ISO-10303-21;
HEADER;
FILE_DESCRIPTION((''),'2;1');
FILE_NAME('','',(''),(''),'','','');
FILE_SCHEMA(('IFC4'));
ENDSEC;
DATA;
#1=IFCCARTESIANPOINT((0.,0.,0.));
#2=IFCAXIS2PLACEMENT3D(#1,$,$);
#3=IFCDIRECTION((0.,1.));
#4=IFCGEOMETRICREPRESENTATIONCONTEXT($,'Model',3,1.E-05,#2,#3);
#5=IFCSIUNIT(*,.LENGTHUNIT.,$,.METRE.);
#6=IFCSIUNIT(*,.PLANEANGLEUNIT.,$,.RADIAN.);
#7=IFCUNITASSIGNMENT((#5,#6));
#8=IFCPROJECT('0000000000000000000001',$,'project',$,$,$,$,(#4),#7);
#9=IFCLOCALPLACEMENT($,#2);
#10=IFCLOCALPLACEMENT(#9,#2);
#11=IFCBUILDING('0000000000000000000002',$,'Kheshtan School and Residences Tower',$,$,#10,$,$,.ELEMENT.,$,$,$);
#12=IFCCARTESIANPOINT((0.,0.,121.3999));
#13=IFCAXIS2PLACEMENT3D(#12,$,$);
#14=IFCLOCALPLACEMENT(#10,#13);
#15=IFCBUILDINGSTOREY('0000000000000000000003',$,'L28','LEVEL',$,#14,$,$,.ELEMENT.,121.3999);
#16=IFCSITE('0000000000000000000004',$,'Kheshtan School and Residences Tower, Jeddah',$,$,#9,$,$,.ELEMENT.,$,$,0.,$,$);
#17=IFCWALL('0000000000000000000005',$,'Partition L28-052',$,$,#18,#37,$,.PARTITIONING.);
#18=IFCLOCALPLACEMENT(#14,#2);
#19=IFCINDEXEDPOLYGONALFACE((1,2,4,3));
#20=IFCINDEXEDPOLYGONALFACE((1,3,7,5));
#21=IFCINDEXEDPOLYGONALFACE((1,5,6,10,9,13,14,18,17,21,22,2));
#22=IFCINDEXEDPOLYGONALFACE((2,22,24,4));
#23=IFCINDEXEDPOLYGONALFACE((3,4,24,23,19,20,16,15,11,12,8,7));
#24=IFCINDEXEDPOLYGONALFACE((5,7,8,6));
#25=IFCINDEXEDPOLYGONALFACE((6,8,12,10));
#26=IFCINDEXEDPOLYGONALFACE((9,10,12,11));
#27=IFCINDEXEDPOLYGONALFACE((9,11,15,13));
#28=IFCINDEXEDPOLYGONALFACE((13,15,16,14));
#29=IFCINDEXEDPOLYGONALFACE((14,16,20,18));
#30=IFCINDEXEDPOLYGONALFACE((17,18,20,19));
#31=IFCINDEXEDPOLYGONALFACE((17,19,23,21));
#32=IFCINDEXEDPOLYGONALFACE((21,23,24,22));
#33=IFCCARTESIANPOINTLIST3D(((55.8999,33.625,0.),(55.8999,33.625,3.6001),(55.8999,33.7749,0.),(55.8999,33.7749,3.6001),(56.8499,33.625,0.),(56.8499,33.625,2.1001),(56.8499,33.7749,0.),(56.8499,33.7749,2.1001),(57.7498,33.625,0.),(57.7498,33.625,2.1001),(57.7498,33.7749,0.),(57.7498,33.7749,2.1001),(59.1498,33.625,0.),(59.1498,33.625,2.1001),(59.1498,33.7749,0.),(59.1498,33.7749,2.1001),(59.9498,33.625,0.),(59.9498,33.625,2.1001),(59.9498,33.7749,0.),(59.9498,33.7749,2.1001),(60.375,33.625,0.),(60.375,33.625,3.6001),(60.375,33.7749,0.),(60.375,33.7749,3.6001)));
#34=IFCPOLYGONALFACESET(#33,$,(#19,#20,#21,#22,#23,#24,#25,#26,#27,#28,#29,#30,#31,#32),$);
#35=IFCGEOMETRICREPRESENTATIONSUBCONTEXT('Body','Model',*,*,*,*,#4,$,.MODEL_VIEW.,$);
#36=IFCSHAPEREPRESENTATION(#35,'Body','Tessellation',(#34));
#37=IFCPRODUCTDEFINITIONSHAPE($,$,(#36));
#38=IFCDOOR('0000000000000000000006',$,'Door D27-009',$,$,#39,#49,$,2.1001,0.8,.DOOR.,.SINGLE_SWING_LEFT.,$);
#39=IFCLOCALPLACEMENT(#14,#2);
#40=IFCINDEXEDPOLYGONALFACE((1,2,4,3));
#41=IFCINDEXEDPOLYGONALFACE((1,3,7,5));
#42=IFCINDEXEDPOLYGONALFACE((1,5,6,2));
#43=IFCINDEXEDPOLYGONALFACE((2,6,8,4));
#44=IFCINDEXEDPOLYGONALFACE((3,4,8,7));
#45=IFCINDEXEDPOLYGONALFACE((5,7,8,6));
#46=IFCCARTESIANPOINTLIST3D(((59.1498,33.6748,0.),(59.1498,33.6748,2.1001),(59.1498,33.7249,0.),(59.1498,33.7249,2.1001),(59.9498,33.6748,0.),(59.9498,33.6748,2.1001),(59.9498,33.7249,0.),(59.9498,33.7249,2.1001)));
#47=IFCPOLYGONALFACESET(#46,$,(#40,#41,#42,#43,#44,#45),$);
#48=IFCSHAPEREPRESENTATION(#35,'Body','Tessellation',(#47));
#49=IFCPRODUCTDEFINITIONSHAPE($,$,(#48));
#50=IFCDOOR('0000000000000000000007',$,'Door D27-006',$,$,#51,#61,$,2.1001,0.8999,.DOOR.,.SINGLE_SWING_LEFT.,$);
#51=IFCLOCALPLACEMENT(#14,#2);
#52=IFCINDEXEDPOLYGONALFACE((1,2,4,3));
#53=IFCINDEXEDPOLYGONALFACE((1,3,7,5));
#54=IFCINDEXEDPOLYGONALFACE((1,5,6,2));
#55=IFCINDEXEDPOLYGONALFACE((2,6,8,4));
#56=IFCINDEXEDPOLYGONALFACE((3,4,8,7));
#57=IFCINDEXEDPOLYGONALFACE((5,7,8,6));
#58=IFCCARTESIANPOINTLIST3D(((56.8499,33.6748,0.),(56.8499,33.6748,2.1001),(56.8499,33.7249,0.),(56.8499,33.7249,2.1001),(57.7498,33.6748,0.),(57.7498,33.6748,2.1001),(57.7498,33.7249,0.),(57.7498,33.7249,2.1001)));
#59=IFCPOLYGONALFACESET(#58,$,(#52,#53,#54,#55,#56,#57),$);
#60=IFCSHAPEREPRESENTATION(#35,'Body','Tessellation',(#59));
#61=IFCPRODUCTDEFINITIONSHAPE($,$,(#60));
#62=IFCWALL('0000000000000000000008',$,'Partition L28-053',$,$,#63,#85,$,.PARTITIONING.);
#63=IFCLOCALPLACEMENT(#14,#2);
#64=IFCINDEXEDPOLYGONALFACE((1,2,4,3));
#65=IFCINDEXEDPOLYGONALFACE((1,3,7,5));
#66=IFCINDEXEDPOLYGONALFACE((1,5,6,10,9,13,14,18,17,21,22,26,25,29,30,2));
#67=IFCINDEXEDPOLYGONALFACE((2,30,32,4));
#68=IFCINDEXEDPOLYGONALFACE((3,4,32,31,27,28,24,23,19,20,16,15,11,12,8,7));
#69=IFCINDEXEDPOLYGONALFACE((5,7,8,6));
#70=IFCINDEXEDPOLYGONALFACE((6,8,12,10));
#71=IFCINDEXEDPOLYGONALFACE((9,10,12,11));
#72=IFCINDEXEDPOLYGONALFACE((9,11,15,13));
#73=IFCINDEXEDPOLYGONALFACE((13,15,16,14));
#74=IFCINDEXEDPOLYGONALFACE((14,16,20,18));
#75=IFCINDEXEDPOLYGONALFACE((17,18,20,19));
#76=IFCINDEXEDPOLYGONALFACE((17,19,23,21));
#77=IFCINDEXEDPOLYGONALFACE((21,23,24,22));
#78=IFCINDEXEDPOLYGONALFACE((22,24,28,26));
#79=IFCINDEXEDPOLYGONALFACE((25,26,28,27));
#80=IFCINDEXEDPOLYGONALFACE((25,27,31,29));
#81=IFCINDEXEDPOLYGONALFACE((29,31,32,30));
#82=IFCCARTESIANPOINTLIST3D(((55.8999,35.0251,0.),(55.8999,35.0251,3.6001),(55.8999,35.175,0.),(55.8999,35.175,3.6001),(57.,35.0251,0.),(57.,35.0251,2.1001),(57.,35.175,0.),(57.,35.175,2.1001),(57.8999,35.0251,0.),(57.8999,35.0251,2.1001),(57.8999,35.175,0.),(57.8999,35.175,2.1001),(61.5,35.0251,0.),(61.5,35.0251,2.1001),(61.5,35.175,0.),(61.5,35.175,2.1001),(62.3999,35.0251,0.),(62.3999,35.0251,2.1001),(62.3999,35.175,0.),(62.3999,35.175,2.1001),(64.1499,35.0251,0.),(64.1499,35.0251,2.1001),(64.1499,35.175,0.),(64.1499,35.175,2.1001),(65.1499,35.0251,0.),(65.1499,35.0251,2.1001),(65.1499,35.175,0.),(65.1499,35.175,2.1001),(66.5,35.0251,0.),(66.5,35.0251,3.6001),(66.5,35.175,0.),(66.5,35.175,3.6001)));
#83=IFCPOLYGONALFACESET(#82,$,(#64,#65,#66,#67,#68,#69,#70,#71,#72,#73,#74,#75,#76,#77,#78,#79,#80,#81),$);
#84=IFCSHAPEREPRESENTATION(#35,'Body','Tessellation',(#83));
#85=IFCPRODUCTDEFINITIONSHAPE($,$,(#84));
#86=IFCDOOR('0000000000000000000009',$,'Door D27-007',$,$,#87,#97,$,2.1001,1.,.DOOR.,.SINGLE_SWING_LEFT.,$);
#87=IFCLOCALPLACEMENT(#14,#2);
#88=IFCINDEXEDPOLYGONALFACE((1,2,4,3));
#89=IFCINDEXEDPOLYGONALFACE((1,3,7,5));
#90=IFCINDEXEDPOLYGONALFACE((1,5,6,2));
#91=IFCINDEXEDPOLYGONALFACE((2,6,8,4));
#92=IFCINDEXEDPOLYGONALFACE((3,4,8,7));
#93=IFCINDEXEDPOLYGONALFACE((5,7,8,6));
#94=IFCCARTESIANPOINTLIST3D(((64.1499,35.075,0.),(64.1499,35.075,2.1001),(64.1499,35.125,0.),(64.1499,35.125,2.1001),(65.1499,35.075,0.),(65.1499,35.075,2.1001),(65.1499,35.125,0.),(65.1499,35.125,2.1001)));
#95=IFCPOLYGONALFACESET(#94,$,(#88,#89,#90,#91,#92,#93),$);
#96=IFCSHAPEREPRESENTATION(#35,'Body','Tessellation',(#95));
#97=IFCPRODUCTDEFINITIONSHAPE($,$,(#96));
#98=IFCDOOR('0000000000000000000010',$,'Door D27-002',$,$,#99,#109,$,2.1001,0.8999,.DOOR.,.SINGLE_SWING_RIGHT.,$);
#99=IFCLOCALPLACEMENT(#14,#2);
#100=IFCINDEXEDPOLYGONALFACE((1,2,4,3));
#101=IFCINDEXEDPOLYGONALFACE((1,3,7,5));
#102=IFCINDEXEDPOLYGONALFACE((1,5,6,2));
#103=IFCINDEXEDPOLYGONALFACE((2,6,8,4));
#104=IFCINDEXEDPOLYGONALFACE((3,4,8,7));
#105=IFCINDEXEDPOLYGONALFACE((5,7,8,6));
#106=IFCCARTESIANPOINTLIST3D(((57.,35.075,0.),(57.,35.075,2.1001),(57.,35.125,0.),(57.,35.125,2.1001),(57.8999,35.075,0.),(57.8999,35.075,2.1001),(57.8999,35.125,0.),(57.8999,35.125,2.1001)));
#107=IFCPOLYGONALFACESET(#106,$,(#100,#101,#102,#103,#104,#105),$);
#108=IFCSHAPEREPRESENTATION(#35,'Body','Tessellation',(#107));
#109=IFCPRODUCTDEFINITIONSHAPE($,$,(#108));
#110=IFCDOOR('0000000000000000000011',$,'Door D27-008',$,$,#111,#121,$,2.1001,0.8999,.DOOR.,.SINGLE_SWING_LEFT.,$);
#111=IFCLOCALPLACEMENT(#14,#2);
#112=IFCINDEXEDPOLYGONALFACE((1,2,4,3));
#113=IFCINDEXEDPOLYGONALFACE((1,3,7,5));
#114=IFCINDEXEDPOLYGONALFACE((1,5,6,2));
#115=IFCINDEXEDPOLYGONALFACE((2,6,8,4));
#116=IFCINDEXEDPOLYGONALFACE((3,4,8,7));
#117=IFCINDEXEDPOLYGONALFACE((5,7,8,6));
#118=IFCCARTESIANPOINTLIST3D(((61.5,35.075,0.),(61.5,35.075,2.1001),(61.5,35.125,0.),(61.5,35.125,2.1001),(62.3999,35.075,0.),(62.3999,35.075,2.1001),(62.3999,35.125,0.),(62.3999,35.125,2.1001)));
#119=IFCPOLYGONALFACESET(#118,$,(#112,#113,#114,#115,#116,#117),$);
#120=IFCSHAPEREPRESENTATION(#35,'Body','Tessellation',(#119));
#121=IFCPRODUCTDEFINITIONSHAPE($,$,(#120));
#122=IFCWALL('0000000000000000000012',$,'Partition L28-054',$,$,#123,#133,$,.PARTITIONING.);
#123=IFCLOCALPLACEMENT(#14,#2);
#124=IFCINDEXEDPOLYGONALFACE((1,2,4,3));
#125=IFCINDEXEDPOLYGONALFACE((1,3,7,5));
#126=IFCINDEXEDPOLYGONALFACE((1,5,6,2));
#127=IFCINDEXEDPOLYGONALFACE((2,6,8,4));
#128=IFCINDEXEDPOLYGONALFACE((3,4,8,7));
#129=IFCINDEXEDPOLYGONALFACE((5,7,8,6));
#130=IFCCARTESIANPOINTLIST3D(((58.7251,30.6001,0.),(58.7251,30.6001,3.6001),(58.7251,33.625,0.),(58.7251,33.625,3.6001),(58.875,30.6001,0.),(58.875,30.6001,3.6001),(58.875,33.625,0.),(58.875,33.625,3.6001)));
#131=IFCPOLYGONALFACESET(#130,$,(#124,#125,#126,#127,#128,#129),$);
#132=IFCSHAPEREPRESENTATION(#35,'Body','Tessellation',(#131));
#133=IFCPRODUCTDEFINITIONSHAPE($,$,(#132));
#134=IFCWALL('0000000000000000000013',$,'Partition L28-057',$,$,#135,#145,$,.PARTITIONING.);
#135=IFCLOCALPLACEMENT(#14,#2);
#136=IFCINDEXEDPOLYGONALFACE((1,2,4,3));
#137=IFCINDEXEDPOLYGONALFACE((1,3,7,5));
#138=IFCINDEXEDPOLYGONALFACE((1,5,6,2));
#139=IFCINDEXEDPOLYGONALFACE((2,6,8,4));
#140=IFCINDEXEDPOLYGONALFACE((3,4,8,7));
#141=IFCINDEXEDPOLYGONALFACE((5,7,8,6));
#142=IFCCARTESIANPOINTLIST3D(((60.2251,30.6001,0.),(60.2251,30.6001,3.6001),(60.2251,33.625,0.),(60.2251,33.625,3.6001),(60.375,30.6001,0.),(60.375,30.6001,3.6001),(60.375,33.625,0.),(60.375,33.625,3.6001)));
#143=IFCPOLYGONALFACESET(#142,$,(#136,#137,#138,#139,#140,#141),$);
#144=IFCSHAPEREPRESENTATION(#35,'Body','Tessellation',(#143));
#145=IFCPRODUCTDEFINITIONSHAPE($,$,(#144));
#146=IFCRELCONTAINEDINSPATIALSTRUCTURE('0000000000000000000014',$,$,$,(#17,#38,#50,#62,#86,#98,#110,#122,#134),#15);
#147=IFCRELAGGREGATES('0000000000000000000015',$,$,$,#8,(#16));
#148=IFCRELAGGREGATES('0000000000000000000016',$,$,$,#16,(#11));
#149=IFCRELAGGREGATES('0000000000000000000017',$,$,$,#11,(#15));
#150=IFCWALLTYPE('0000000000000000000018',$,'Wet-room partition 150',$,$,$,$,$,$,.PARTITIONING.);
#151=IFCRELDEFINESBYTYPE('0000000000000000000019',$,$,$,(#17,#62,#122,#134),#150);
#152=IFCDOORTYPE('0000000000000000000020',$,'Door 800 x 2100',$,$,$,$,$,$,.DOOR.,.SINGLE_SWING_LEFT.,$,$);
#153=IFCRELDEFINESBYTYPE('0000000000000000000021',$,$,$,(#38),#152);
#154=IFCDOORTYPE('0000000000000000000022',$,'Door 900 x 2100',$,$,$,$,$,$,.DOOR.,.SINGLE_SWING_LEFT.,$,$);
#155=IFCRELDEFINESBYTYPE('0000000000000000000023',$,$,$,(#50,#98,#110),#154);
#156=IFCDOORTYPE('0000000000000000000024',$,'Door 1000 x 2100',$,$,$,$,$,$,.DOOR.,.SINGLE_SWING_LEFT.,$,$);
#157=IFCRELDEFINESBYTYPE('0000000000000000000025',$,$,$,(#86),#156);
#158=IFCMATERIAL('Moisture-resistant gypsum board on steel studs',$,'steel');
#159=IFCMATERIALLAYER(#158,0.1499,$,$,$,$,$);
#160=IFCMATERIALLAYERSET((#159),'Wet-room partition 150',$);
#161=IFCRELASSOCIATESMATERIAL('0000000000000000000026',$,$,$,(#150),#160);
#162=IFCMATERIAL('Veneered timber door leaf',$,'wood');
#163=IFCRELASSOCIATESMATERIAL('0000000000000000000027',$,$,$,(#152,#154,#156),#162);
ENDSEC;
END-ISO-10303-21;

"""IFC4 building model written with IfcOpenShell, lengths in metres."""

from ifc_helpers import new_model, si_unit, direction, frame, frame_2d, origin, place, context, subcontext, project, spatial, rectangle, extrude, source, transform, mapped, material, layer, layer_set, type_object, element, fill, save


model = new_model("IFC4")

# Units and contexts
model_context = context("Model", 3, precision=1e-05, world=origin(), true_north=direction((0.0, 1.0)))
body_context = subcontext(model_context, "Body", "Model", "MODEL_VIEW")
ifc_project = project(units=[si_unit("LENGTHUNIT", "METRE"), si_unit("PLANEANGLEUNIT", "RADIAN")], contexts=[model_context])

# Site, building, storey
site_placement = place(None, origin())
site = spatial("IfcSite", under=ifc_project, at=site_placement, Name="Kheshtan School and Residences Tower, Jeddah", CompositionType="ELEMENT", RefElevation=0.0)
building_placement = place(site_placement, origin())
building = spatial("IfcBuilding", under=site, at=building_placement, Name="Kheshtan School and Residences Tower", CompositionType="ELEMENT")
storey_placement = place(building_placement, frame((0.0, 0.0, 121.3999)))
storey = spatial("IfcBuildingStorey", under=building, at=storey_placement, Name="L28", Description="LEVEL", CompositionType="ELEMENT", Elevation=121.3999)

# Walls, openings, doors
ifc_material_1 = material(Name="Moisture-resistant gypsum board on steel studs", Category="steel")
ifc_layer_1 = layer(ifc_material_1, 0.1499)
ifc_layer_set_1 = layer_set([ifc_layer_1], Name="Wet-room partition 150")
wall_type_1 = type_object("IfcWallType", Name="Wet-room partition 150", PredefinedType="PARTITIONING", material=ifc_layer_set_1)
wall_1_placement = place(storey_placement, frame((55.8999, 33.7, 0.0), z_axis=(0.0, 0.0, 1.0), x_axis=(1.0, 0.0, 0.0)))
wall_1 = element("IfcWall", 1, at=wall_1_placement, inside=storey, type_object=wall_type_1, Name="Partition L28-052", PredefinedType="PARTITIONING", context=body_context, shape_type="SweptSolid", body=[
    extrude(rectangle(XDim=4.4751, YDim=0.1499, at=frame_2d((2.2375, 0.0))), origin(), (0.0, 0.0, 1.0), 3.6001),
])
opening_1_placement = place(wall_1_placement, frame((0.95, 0.0, 0.0)))
opening_1 = element("IfcOpeningElement", 2, at=opening_1_placement, cuts=wall_1, PredefinedType="OPENING", context=body_context, shape_type="SweptSolid", body=[
    extrude(rectangle(XDim=0.8999, YDim=2.1001, at=frame_2d((0.45, 1.05))), frame((0.0, 0.085, 0.0), z_axis=(0.0, -1.0, 0.0), x_axis=(1.0, 0.0, 0.0)), (0.0, 0.0, 1.0), 0.1699),
])
opening_2_placement = place(wall_1_placement, frame((3.25, 0.0, 0.0)))
opening_2 = element("IfcOpeningElement", 3, at=opening_2_placement, cuts=wall_1, PredefinedType="OPENING", context=body_context, shape_type="SweptSolid", body=[
    extrude(rectangle(XDim=0.8, YDim=2.1001, at=frame_2d((0.3999, 1.05))), frame((0.0, 0.085, 0.0), z_axis=(0.0, -1.0, 0.0), x_axis=(1.0, 0.0, 0.0)), (0.0, 0.0, 1.0), 0.1699),
])
ifc_material_2 = material(Name="Veneered timber door leaf", Category="wood")
door_type_1 = type_object("IfcDoorType", Name="Door 800 x 2100", OperationType="SINGLE_SWING_LEFT", PredefinedType="DOOR", material=ifc_material_2)
shared_shape_1 = source(origin(), body_context, "Body", "SweptSolid", [
    extrude(rectangle(XDim=0.8, YDim=2.1001, at=frame_2d((0.3999, 1.05))), frame((0.0, 0.0249, 0.0), z_axis=(0.0, -1.0, 0.0), x_axis=(1.0, 0.0, 0.0)), (0.0, 0.0, 1.0), 0.05),
])
door_1_placement = place(opening_2_placement, origin())
door_1 = element("IfcDoor", 4, at=door_1_placement, inside=storey, type_object=door_type_1, Name="Door D27-009", OperationType="SINGLE_SWING_LEFT", OverallHeight=2.1001, OverallWidth=0.8, PredefinedType="DOOR", context=body_context, shape_type="MappedRepresentation", body=[
    mapped(shared_shape_1, transform((0.0, 0.0, 0.0), x_axis=(1.0, 0.0, 0.0), y_axis=(0.0, 1.0, 0.0), z_axis=(0.0, 0.0, 1.0), scale=1.0)),
])
fill(opening_2, door_1)
door_type_2 = type_object("IfcDoorType", Name="Door 900 x 2100", OperationType="SINGLE_SWING_LEFT", PredefinedType="DOOR", material=ifc_material_2)
shared_shape_2 = source(origin(), body_context, "Body", "SweptSolid", [
    extrude(rectangle(XDim=0.8999, YDim=2.1001, at=frame_2d((0.45, 1.05))), frame((0.0, 0.0249, 0.0), z_axis=(0.0, -1.0, 0.0), x_axis=(1.0, 0.0, 0.0)), (0.0, 0.0, 1.0), 0.05),
])
door_2_placement = place(opening_1_placement, origin())
door_2 = element("IfcDoor", 5, at=door_2_placement, inside=storey, type_object=door_type_2, Name="Door D27-006", OperationType="SINGLE_SWING_LEFT", OverallHeight=2.1001, OverallWidth=0.8999, PredefinedType="DOOR", context=body_context, shape_type="MappedRepresentation", body=[
    mapped(shared_shape_2, transform((0.0, 0.0, 0.0), x_axis=(1.0, 0.0, 0.0), y_axis=(0.0, 1.0, 0.0), z_axis=(0.0, 0.0, 1.0), scale=1.0)),
])
fill(opening_1, door_2)
wall_2_placement = place(storey_placement, frame((55.8999, 35.1001, 0.0), z_axis=(0.0, 0.0, 1.0), x_axis=(1.0, 0.0, 0.0)))
wall_2 = element("IfcWall", 6, at=wall_2_placement, inside=storey, type_object=wall_type_1, Name="Partition L28-053", PredefinedType="PARTITIONING", context=body_context, shape_type="SweptSolid", body=[
    extrude(rectangle(XDim=10.6001, YDim=0.1499, at=frame_2d((5.3, 0.0))), origin(), (0.0, 0.0, 1.0), 3.6001),
])
opening_3_placement = place(wall_2_placement, frame((1.1001, 0.0, 0.0)))
opening_3 = element("IfcOpeningElement", 7, at=opening_3_placement, cuts=wall_2, PredefinedType="OPENING", context=body_context, shape_type="SweptSolid", body=[
    extrude(rectangle(XDim=0.8999, YDim=2.1001, at=frame_2d((0.45, 1.05))), frame((0.0, 0.085, 0.0), z_axis=(0.0, -1.0, 0.0), x_axis=(1.0, 0.0, 0.0)), (0.0, 0.0, 1.0), 0.1699),
])
opening_4_placement = place(wall_2_placement, frame((8.25, 0.0, 0.0)))
opening_4 = element("IfcOpeningElement", 8, at=opening_4_placement, cuts=wall_2, PredefinedType="OPENING", context=body_context, shape_type="SweptSolid", body=[
    extrude(rectangle(XDim=1.0, YDim=2.1001, at=frame_2d((0.5, 1.05))), frame((0.0, 0.085, 0.0), z_axis=(0.0, -1.0, 0.0), x_axis=(1.0, 0.0, 0.0)), (0.0, 0.0, 1.0), 0.1699),
])
opening_5_placement = place(wall_2_placement, frame((5.6001, 0.0, 0.0)))
opening_5 = element("IfcOpeningElement", 9, at=opening_5_placement, cuts=wall_2, PredefinedType="OPENING", context=body_context, shape_type="SweptSolid", body=[
    extrude(rectangle(XDim=0.8999, YDim=2.1001, at=frame_2d((0.45, 1.05))), frame((0.0, 0.085, 0.0), z_axis=(0.0, -1.0, 0.0), x_axis=(1.0, 0.0, 0.0)), (0.0, 0.0, 1.0), 0.1699),
])
door_type_3 = type_object("IfcDoorType", Name="Door 1000 x 2100", OperationType="SINGLE_SWING_LEFT", PredefinedType="DOOR", material=ifc_material_2)
shared_shape_3 = source(origin(), body_context, "Body", "SweptSolid", [
    extrude(rectangle(XDim=1.0, YDim=2.1001, at=frame_2d((0.5, 1.05))), frame((0.0, 0.0249, 0.0), z_axis=(0.0, -1.0, 0.0), x_axis=(1.0, 0.0, 0.0)), (0.0, 0.0, 1.0), 0.05),
])
door_3_placement = place(opening_4_placement, origin())
door_3 = element("IfcDoor", 10, at=door_3_placement, inside=storey, type_object=door_type_3, Name="Door D27-007", OperationType="SINGLE_SWING_LEFT", OverallHeight=2.1001, OverallWidth=1.0, PredefinedType="DOOR", context=body_context, shape_type="MappedRepresentation", body=[
    mapped(shared_shape_3, transform((0.0, 0.0, 0.0), x_axis=(1.0, 0.0, 0.0), y_axis=(0.0, 1.0, 0.0), z_axis=(0.0, 0.0, 1.0), scale=1.0)),
])
fill(opening_4, door_3)
door_4_placement = place(opening_3_placement, origin())
door_4 = element("IfcDoor", 11, at=door_4_placement, inside=storey, type_object=door_type_2, Name="Door D27-002", OperationType="SINGLE_SWING_RIGHT", OverallHeight=2.1001, OverallWidth=0.8999, PredefinedType="DOOR", context=body_context, shape_type="MappedRepresentation", body=[
    mapped(shared_shape_2, transform((0.0, 0.0, 0.0), x_axis=(1.0, 0.0, 0.0), y_axis=(0.0, 1.0, 0.0), z_axis=(0.0, 0.0, 1.0), scale=1.0)),
])
fill(opening_3, door_4)
door_5_placement = place(opening_5_placement, origin())
door_5 = element("IfcDoor", 12, at=door_5_placement, inside=storey, type_object=door_type_2, Name="Door D27-008", OperationType="SINGLE_SWING_LEFT", OverallHeight=2.1001, OverallWidth=0.8999, PredefinedType="DOOR", context=body_context, shape_type="MappedRepresentation", body=[
    mapped(shared_shape_2, transform((0.0, 0.0, 0.0), x_axis=(1.0, 0.0, 0.0), y_axis=(0.0, 1.0, 0.0), z_axis=(0.0, 0.0, 1.0), scale=1.0)),
])
fill(opening_5, door_5)

# Walls
for number, where, z_axis, x_axis, name in (
    (13, (58.8, 30.6001, 0.0), (0.0, 0.0, 1.0), (0.0, 1.0, 0.0), "Partition L28-054"),
    (14, (60.3, 30.6001, 0.0), (0.0, 0.0, 1.0), (0.0, 1.0, 0.0), "Partition L28-057"),
):
    element("IfcWall", number, at=place(storey_placement, frame(where, z_axis=z_axis, x_axis=x_axis)), inside=storey, type_object=wall_type_1, Name=name, PredefinedType="PARTITIONING", context=body_context, shape_type="SweptSolid", body=[
        extrude(rectangle(XDim=3.0249, YDim=0.1499, at=frame_2d((1.5125, 0.0))), origin(), (0.0, 0.0, 1.0), 3.6001),
    ])

save(model, "model.ifc")
